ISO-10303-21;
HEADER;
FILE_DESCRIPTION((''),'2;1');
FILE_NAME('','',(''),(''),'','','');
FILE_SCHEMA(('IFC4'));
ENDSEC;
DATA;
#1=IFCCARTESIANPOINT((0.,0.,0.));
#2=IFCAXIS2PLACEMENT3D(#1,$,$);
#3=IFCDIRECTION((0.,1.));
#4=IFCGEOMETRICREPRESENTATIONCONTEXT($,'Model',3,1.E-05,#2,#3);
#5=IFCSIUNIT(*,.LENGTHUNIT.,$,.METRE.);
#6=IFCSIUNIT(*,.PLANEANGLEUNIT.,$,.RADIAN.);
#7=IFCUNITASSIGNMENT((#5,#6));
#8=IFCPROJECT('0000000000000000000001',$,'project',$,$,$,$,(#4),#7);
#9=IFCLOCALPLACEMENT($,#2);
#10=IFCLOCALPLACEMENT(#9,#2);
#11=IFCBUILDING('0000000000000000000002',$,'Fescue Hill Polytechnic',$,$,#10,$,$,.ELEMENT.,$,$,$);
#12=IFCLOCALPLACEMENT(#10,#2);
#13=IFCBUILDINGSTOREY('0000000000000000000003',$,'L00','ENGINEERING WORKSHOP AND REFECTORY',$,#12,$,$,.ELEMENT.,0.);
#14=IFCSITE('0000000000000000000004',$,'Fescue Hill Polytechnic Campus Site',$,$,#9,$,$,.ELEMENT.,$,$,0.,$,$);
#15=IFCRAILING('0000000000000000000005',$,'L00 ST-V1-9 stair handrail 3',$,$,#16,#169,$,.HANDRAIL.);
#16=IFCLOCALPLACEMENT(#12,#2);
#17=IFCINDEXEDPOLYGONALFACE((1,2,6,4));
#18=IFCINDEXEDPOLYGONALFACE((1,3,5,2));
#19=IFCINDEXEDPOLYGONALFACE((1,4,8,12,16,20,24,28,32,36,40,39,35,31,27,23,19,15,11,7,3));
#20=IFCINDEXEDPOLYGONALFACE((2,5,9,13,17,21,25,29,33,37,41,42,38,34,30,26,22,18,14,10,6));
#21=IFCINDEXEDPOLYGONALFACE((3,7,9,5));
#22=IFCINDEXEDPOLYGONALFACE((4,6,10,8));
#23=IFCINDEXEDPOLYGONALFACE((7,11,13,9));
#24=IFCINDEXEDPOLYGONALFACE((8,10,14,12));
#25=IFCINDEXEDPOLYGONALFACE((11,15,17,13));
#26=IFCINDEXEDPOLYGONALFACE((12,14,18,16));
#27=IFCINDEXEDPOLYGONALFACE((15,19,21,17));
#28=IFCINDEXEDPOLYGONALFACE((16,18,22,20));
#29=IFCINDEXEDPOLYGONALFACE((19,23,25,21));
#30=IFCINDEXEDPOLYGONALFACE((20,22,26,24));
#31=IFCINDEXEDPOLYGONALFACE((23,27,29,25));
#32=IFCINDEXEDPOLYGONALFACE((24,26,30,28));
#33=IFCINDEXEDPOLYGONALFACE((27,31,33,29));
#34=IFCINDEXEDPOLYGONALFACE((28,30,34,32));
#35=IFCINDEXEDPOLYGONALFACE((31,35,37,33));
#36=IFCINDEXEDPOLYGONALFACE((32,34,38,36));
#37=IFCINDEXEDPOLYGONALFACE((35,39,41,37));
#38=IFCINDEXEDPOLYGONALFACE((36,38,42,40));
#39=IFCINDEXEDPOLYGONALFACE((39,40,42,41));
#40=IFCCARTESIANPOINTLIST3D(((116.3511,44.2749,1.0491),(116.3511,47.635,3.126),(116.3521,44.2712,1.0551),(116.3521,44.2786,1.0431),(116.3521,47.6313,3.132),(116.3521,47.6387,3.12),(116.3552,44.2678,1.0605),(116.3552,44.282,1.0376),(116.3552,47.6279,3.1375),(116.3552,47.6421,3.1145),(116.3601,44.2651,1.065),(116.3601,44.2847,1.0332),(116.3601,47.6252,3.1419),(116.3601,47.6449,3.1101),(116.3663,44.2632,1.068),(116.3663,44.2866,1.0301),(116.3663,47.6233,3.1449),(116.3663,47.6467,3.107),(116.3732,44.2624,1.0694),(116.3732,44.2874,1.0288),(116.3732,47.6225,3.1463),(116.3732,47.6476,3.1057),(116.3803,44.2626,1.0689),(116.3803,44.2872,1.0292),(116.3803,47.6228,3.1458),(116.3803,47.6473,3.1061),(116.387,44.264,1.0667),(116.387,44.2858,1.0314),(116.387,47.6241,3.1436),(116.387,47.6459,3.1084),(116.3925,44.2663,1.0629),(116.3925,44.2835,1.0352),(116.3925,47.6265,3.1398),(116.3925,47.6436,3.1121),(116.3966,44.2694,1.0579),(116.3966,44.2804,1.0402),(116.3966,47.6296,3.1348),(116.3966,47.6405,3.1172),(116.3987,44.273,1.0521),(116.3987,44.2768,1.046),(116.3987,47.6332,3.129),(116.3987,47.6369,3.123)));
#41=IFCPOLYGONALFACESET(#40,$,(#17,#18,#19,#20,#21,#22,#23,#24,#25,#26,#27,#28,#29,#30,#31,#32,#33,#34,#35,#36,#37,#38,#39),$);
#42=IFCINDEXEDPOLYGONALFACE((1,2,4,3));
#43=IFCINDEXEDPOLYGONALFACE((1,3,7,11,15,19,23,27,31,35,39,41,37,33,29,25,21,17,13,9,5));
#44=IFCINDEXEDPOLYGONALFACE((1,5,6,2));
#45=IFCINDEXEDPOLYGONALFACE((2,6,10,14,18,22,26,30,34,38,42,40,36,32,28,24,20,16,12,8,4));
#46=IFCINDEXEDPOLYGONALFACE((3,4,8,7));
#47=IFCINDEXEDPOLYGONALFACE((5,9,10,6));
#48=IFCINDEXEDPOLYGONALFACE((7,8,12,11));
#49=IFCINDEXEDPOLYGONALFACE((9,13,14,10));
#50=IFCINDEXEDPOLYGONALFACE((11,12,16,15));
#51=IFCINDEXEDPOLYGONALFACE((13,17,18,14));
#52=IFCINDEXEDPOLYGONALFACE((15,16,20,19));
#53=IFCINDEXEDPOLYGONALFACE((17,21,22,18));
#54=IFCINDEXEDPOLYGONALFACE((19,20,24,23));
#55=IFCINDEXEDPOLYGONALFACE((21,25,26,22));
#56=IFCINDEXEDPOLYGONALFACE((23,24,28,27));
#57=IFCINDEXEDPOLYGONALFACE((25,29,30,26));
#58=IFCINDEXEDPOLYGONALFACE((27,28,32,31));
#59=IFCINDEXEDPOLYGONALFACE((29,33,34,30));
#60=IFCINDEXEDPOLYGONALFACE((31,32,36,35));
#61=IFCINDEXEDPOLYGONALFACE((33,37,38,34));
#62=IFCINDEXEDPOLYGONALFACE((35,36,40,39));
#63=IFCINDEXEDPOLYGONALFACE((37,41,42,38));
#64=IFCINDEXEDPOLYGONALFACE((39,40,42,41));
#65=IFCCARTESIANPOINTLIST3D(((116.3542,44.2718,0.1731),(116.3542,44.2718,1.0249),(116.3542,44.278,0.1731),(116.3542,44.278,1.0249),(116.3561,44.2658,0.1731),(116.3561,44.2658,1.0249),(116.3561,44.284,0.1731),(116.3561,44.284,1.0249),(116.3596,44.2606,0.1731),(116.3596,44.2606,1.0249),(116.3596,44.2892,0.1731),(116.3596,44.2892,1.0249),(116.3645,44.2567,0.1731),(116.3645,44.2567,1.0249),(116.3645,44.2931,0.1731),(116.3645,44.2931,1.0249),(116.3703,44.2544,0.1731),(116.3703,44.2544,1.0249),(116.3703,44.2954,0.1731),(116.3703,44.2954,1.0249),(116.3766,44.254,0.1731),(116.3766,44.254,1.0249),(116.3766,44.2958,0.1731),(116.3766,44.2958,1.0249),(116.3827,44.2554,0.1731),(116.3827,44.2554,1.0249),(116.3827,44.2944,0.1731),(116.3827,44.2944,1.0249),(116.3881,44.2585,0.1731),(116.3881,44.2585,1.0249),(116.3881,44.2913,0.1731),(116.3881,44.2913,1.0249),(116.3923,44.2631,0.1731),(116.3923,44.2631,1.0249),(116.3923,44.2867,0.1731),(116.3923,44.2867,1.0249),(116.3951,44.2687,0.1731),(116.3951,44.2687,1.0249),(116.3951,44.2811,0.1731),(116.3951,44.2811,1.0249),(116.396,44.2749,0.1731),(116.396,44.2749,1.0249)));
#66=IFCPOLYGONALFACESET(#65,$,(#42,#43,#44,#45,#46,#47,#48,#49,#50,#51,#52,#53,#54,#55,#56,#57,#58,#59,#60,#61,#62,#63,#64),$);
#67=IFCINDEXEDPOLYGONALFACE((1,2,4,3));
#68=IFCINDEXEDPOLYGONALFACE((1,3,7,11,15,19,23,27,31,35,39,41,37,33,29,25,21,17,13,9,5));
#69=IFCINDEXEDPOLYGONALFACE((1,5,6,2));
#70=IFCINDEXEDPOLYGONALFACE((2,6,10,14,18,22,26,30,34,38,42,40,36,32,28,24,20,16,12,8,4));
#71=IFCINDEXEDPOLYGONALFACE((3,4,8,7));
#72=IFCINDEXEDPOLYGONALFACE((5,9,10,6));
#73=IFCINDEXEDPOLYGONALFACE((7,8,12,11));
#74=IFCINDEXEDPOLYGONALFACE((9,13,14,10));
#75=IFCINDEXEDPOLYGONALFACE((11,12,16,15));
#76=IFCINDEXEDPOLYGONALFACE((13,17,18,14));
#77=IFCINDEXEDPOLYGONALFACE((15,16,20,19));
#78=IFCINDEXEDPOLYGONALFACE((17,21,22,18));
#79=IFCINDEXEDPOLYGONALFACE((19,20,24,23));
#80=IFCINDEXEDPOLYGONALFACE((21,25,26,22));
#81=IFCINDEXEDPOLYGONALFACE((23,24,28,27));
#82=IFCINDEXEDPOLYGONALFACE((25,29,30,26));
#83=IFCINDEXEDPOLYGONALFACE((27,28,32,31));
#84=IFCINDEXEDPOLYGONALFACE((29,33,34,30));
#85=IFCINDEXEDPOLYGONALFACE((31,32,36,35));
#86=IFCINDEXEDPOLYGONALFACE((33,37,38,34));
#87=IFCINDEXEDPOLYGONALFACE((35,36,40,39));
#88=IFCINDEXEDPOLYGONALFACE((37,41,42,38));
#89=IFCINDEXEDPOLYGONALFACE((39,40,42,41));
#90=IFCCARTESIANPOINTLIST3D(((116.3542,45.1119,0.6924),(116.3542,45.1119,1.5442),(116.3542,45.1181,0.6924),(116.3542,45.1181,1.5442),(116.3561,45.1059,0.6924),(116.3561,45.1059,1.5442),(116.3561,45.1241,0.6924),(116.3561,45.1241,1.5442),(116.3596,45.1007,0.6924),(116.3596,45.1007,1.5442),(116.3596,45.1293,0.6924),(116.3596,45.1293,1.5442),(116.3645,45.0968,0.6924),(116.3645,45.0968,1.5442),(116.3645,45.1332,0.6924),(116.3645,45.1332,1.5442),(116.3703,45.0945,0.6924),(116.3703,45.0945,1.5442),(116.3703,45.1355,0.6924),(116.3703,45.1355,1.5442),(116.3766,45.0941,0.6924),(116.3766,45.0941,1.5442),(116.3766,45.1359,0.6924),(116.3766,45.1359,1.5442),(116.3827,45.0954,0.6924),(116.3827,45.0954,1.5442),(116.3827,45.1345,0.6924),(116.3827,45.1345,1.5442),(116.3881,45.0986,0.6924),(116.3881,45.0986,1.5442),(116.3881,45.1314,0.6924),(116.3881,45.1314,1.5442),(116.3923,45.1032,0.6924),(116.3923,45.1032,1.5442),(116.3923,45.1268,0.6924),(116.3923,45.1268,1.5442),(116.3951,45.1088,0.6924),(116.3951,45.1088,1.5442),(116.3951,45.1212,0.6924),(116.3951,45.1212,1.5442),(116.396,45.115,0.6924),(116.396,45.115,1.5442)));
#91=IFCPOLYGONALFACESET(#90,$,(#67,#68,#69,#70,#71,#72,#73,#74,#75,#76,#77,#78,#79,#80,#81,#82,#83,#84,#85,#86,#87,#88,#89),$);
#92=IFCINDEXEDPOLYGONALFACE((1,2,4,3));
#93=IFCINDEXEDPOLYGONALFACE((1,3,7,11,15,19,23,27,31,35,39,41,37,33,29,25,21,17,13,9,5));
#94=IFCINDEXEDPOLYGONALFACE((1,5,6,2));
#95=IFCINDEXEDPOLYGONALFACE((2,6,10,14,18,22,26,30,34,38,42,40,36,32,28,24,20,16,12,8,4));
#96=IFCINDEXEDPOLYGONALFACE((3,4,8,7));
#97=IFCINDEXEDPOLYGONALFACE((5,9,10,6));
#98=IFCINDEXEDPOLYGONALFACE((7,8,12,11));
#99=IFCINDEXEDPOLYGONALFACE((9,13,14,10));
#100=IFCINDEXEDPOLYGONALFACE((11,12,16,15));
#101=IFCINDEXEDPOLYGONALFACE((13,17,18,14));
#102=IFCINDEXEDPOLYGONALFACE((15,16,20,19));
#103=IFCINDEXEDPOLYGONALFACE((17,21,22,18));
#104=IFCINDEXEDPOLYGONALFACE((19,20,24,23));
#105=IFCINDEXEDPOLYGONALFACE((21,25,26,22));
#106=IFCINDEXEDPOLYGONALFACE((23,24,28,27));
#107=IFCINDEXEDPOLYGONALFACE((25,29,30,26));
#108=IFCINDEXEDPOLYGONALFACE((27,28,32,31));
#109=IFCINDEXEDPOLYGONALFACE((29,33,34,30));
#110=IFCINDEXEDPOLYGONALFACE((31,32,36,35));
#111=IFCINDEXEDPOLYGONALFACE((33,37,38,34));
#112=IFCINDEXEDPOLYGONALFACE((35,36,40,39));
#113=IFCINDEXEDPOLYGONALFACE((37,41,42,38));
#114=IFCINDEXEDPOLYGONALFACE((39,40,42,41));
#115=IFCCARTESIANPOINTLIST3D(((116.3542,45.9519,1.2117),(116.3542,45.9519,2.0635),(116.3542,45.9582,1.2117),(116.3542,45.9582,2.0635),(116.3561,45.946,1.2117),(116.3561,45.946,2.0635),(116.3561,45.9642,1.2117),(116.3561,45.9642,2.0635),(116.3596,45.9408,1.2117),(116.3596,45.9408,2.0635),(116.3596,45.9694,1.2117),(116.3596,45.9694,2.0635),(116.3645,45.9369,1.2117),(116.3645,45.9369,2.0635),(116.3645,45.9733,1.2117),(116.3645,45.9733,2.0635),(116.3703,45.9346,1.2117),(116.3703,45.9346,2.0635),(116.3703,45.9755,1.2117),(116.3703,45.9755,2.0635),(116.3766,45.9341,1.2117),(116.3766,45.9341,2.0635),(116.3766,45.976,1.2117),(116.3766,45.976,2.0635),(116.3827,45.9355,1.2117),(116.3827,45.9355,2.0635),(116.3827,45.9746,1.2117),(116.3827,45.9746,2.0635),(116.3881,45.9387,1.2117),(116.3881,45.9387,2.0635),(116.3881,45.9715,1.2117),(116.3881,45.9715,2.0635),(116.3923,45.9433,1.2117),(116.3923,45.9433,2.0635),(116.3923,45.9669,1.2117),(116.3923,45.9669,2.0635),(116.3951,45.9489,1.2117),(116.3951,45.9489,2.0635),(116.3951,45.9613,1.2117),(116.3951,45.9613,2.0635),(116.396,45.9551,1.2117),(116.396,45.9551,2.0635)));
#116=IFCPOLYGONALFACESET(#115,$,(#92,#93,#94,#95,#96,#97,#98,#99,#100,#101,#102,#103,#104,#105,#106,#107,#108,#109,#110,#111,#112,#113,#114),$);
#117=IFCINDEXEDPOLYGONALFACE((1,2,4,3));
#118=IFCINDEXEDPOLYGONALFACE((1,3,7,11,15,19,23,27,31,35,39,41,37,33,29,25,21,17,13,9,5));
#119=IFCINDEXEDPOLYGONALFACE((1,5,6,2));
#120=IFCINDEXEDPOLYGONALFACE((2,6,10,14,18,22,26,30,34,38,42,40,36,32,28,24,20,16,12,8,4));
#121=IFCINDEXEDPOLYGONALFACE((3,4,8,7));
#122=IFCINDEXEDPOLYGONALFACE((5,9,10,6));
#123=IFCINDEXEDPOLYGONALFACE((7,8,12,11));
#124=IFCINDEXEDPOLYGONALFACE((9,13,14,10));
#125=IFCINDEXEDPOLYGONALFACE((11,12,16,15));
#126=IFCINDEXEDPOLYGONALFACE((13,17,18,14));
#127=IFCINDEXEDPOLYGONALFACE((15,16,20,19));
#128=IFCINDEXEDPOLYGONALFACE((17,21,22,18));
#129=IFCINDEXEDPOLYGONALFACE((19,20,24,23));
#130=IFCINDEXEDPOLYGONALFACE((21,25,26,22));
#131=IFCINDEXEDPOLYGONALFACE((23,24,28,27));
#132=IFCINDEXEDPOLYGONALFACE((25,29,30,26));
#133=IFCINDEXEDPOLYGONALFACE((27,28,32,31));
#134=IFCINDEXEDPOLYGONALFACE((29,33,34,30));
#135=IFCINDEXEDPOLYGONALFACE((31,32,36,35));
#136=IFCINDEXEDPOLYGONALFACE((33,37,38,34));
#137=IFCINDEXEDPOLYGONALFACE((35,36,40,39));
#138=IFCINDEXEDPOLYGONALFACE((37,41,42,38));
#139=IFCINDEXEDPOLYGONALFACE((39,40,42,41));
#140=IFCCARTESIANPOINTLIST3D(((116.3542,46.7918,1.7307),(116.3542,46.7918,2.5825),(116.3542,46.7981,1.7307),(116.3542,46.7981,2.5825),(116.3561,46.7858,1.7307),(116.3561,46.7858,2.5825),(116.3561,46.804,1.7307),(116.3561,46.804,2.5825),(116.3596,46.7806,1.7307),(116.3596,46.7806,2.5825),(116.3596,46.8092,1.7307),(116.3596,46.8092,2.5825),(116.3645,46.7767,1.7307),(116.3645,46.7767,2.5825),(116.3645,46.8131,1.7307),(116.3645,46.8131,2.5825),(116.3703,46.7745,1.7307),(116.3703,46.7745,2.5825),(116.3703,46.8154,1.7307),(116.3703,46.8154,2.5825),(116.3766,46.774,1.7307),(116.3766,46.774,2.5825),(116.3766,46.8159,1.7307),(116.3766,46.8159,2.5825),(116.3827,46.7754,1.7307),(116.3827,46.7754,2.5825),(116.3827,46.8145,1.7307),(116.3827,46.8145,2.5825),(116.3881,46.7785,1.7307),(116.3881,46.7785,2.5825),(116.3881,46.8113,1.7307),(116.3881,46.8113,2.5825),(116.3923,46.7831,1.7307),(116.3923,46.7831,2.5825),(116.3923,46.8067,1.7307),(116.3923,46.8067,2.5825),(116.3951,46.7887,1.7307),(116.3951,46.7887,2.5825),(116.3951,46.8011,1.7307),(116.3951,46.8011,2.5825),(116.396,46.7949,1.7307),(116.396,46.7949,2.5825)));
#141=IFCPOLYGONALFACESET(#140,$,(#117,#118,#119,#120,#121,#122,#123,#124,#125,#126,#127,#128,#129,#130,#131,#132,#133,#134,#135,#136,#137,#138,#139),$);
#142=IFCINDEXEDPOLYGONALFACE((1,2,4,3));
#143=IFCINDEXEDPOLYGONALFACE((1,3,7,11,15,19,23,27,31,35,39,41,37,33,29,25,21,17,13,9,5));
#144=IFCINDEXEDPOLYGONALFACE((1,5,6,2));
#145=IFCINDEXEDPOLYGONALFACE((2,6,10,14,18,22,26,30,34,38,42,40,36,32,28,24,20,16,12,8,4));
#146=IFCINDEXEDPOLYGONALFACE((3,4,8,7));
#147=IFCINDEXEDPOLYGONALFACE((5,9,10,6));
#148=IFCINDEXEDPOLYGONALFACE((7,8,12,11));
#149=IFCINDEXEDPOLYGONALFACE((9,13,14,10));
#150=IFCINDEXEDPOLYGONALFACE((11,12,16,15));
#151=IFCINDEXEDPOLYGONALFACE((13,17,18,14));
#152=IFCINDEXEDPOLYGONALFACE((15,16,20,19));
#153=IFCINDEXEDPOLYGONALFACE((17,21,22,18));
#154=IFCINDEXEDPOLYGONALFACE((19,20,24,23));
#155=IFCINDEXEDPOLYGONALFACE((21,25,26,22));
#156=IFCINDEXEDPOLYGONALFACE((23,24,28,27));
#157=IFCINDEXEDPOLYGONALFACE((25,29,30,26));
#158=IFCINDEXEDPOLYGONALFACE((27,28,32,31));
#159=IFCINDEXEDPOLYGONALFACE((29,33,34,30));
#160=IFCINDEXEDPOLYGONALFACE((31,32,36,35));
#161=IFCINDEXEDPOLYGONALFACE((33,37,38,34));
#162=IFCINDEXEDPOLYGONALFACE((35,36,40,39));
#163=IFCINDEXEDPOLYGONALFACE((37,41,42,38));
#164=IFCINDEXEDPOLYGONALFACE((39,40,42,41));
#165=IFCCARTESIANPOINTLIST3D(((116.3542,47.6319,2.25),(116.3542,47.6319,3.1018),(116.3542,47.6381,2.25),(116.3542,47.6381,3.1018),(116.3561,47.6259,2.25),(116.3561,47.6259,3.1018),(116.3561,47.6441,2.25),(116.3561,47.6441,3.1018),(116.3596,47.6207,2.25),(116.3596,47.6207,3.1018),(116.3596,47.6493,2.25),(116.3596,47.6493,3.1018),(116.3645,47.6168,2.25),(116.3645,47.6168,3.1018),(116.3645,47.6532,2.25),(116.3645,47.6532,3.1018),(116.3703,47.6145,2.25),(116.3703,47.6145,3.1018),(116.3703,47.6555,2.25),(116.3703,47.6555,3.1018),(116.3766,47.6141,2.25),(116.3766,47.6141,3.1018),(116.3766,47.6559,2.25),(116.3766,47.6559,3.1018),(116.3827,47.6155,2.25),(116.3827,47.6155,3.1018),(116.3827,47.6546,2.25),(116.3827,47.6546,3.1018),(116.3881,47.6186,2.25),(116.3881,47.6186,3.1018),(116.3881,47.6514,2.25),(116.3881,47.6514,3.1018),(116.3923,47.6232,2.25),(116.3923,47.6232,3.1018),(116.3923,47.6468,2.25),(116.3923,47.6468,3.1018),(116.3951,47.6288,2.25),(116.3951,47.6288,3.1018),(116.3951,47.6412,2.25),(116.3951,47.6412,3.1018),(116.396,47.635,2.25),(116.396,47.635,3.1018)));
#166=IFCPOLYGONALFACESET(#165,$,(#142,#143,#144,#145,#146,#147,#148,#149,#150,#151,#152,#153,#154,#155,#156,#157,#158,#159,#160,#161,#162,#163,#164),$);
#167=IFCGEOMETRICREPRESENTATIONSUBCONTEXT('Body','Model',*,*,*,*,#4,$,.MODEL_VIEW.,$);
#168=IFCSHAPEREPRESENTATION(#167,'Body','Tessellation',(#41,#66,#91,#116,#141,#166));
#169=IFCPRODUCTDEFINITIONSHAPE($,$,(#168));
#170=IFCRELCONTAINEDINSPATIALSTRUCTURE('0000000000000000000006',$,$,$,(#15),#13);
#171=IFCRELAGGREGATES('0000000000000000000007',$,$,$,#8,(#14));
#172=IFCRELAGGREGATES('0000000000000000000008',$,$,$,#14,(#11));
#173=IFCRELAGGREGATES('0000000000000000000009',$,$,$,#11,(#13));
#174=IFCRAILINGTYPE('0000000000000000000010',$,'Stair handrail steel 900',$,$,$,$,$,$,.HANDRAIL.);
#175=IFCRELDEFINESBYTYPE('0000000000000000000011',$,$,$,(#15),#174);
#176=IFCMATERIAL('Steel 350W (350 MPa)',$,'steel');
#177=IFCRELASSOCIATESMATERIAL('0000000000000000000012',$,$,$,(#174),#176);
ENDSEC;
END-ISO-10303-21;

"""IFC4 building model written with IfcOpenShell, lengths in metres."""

from ifc_helpers import new_model, si_unit, direction, frame, origin, origin_2d, place, context, subcontext, project, spatial, circle, extrude, material, type_object, element, save


model = new_model("IFC4")

# Units and contexts
model_context = context("Model", 3, precision=1e-05, world=origin(), true_north=direction((0.0, 1.0)))
body_context = subcontext(model_context, "Body", "Model", "MODEL_VIEW")
ifc_project = project(units=[si_unit("LENGTHUNIT", "METRE"), si_unit("PLANEANGLEUNIT", "RADIAN")], contexts=[model_context])

# Site, building, storey
site_placement = place(None, origin())
site = spatial("IfcSite", under=ifc_project, at=site_placement, Name="Fescue Hill Polytechnic Campus Site", CompositionType="ELEMENT", RefElevation=0.0)
building_placement = place(site_placement, origin())
building = spatial("IfcBuilding", under=site, at=building_placement, Name="Fescue Hill Polytechnic", CompositionType="ELEMENT")
storey_placement = place(building_placement, origin())
storey = spatial("IfcBuildingStorey", under=building, at=storey_placement, Name="L00", Description="ENGINEERING WORKSHOP AND REFECTORY", CompositionType="ELEMENT", Elevation=0.0)

# Railing
ifc_material_1 = material(Name="Steel 350W (350 MPa)", Category="steel")
railing_type_1 = type_object("IfcRailingType", Name="Stair handrail steel 900", PredefinedType="HANDRAIL", material=ifc_material_1)
railing_1_placement = place(storey_placement, frame((116.375, 44.2749, 0.1731)))
element("IfcRailing", 1, at=railing_1_placement, inside=storey, type_object=railing_type_1, Name="L00 ST-V1-9 stair handrail 3", PredefinedType="HANDRAIL", context=body_context, shape_type="SweptSolid", body=[
    extrude(circle(Radius=0.0239, at=origin_2d()), frame((0.0, 0.0, 0.876), z_axis=(0.0, 0.850623, 0.525776), x_axis=(-1.0, 0.0, 0.0)), (0.0, 0.0, 1.0), 3.9502),
    extrude(circle(Radius=0.021, at=origin_2d()), origin(), (0.0, 0.0, 1.0), 0.8518),
    extrude(circle(Radius=0.021, at=origin_2d()), frame((0.0, 0.8401, 0.5193)), (0.0, 0.0, 1.0), 0.8518),
    extrude(circle(Radius=0.021, at=origin_2d()), frame((0.0, 1.6802, 1.0386)), (0.0, 0.0, 1.0), 0.8518),
    extrude(circle(Radius=0.021, at=origin_2d()), frame((0.0, 2.52, 1.5576)), (0.0, 0.0, 1.0), 0.8518),
    extrude(circle(Radius=0.021, at=origin_2d()), frame((0.0, 3.3601, 2.0769)), (0.0, 0.0, 1.0), 0.8518),
])

save(model, "model.ifc")
